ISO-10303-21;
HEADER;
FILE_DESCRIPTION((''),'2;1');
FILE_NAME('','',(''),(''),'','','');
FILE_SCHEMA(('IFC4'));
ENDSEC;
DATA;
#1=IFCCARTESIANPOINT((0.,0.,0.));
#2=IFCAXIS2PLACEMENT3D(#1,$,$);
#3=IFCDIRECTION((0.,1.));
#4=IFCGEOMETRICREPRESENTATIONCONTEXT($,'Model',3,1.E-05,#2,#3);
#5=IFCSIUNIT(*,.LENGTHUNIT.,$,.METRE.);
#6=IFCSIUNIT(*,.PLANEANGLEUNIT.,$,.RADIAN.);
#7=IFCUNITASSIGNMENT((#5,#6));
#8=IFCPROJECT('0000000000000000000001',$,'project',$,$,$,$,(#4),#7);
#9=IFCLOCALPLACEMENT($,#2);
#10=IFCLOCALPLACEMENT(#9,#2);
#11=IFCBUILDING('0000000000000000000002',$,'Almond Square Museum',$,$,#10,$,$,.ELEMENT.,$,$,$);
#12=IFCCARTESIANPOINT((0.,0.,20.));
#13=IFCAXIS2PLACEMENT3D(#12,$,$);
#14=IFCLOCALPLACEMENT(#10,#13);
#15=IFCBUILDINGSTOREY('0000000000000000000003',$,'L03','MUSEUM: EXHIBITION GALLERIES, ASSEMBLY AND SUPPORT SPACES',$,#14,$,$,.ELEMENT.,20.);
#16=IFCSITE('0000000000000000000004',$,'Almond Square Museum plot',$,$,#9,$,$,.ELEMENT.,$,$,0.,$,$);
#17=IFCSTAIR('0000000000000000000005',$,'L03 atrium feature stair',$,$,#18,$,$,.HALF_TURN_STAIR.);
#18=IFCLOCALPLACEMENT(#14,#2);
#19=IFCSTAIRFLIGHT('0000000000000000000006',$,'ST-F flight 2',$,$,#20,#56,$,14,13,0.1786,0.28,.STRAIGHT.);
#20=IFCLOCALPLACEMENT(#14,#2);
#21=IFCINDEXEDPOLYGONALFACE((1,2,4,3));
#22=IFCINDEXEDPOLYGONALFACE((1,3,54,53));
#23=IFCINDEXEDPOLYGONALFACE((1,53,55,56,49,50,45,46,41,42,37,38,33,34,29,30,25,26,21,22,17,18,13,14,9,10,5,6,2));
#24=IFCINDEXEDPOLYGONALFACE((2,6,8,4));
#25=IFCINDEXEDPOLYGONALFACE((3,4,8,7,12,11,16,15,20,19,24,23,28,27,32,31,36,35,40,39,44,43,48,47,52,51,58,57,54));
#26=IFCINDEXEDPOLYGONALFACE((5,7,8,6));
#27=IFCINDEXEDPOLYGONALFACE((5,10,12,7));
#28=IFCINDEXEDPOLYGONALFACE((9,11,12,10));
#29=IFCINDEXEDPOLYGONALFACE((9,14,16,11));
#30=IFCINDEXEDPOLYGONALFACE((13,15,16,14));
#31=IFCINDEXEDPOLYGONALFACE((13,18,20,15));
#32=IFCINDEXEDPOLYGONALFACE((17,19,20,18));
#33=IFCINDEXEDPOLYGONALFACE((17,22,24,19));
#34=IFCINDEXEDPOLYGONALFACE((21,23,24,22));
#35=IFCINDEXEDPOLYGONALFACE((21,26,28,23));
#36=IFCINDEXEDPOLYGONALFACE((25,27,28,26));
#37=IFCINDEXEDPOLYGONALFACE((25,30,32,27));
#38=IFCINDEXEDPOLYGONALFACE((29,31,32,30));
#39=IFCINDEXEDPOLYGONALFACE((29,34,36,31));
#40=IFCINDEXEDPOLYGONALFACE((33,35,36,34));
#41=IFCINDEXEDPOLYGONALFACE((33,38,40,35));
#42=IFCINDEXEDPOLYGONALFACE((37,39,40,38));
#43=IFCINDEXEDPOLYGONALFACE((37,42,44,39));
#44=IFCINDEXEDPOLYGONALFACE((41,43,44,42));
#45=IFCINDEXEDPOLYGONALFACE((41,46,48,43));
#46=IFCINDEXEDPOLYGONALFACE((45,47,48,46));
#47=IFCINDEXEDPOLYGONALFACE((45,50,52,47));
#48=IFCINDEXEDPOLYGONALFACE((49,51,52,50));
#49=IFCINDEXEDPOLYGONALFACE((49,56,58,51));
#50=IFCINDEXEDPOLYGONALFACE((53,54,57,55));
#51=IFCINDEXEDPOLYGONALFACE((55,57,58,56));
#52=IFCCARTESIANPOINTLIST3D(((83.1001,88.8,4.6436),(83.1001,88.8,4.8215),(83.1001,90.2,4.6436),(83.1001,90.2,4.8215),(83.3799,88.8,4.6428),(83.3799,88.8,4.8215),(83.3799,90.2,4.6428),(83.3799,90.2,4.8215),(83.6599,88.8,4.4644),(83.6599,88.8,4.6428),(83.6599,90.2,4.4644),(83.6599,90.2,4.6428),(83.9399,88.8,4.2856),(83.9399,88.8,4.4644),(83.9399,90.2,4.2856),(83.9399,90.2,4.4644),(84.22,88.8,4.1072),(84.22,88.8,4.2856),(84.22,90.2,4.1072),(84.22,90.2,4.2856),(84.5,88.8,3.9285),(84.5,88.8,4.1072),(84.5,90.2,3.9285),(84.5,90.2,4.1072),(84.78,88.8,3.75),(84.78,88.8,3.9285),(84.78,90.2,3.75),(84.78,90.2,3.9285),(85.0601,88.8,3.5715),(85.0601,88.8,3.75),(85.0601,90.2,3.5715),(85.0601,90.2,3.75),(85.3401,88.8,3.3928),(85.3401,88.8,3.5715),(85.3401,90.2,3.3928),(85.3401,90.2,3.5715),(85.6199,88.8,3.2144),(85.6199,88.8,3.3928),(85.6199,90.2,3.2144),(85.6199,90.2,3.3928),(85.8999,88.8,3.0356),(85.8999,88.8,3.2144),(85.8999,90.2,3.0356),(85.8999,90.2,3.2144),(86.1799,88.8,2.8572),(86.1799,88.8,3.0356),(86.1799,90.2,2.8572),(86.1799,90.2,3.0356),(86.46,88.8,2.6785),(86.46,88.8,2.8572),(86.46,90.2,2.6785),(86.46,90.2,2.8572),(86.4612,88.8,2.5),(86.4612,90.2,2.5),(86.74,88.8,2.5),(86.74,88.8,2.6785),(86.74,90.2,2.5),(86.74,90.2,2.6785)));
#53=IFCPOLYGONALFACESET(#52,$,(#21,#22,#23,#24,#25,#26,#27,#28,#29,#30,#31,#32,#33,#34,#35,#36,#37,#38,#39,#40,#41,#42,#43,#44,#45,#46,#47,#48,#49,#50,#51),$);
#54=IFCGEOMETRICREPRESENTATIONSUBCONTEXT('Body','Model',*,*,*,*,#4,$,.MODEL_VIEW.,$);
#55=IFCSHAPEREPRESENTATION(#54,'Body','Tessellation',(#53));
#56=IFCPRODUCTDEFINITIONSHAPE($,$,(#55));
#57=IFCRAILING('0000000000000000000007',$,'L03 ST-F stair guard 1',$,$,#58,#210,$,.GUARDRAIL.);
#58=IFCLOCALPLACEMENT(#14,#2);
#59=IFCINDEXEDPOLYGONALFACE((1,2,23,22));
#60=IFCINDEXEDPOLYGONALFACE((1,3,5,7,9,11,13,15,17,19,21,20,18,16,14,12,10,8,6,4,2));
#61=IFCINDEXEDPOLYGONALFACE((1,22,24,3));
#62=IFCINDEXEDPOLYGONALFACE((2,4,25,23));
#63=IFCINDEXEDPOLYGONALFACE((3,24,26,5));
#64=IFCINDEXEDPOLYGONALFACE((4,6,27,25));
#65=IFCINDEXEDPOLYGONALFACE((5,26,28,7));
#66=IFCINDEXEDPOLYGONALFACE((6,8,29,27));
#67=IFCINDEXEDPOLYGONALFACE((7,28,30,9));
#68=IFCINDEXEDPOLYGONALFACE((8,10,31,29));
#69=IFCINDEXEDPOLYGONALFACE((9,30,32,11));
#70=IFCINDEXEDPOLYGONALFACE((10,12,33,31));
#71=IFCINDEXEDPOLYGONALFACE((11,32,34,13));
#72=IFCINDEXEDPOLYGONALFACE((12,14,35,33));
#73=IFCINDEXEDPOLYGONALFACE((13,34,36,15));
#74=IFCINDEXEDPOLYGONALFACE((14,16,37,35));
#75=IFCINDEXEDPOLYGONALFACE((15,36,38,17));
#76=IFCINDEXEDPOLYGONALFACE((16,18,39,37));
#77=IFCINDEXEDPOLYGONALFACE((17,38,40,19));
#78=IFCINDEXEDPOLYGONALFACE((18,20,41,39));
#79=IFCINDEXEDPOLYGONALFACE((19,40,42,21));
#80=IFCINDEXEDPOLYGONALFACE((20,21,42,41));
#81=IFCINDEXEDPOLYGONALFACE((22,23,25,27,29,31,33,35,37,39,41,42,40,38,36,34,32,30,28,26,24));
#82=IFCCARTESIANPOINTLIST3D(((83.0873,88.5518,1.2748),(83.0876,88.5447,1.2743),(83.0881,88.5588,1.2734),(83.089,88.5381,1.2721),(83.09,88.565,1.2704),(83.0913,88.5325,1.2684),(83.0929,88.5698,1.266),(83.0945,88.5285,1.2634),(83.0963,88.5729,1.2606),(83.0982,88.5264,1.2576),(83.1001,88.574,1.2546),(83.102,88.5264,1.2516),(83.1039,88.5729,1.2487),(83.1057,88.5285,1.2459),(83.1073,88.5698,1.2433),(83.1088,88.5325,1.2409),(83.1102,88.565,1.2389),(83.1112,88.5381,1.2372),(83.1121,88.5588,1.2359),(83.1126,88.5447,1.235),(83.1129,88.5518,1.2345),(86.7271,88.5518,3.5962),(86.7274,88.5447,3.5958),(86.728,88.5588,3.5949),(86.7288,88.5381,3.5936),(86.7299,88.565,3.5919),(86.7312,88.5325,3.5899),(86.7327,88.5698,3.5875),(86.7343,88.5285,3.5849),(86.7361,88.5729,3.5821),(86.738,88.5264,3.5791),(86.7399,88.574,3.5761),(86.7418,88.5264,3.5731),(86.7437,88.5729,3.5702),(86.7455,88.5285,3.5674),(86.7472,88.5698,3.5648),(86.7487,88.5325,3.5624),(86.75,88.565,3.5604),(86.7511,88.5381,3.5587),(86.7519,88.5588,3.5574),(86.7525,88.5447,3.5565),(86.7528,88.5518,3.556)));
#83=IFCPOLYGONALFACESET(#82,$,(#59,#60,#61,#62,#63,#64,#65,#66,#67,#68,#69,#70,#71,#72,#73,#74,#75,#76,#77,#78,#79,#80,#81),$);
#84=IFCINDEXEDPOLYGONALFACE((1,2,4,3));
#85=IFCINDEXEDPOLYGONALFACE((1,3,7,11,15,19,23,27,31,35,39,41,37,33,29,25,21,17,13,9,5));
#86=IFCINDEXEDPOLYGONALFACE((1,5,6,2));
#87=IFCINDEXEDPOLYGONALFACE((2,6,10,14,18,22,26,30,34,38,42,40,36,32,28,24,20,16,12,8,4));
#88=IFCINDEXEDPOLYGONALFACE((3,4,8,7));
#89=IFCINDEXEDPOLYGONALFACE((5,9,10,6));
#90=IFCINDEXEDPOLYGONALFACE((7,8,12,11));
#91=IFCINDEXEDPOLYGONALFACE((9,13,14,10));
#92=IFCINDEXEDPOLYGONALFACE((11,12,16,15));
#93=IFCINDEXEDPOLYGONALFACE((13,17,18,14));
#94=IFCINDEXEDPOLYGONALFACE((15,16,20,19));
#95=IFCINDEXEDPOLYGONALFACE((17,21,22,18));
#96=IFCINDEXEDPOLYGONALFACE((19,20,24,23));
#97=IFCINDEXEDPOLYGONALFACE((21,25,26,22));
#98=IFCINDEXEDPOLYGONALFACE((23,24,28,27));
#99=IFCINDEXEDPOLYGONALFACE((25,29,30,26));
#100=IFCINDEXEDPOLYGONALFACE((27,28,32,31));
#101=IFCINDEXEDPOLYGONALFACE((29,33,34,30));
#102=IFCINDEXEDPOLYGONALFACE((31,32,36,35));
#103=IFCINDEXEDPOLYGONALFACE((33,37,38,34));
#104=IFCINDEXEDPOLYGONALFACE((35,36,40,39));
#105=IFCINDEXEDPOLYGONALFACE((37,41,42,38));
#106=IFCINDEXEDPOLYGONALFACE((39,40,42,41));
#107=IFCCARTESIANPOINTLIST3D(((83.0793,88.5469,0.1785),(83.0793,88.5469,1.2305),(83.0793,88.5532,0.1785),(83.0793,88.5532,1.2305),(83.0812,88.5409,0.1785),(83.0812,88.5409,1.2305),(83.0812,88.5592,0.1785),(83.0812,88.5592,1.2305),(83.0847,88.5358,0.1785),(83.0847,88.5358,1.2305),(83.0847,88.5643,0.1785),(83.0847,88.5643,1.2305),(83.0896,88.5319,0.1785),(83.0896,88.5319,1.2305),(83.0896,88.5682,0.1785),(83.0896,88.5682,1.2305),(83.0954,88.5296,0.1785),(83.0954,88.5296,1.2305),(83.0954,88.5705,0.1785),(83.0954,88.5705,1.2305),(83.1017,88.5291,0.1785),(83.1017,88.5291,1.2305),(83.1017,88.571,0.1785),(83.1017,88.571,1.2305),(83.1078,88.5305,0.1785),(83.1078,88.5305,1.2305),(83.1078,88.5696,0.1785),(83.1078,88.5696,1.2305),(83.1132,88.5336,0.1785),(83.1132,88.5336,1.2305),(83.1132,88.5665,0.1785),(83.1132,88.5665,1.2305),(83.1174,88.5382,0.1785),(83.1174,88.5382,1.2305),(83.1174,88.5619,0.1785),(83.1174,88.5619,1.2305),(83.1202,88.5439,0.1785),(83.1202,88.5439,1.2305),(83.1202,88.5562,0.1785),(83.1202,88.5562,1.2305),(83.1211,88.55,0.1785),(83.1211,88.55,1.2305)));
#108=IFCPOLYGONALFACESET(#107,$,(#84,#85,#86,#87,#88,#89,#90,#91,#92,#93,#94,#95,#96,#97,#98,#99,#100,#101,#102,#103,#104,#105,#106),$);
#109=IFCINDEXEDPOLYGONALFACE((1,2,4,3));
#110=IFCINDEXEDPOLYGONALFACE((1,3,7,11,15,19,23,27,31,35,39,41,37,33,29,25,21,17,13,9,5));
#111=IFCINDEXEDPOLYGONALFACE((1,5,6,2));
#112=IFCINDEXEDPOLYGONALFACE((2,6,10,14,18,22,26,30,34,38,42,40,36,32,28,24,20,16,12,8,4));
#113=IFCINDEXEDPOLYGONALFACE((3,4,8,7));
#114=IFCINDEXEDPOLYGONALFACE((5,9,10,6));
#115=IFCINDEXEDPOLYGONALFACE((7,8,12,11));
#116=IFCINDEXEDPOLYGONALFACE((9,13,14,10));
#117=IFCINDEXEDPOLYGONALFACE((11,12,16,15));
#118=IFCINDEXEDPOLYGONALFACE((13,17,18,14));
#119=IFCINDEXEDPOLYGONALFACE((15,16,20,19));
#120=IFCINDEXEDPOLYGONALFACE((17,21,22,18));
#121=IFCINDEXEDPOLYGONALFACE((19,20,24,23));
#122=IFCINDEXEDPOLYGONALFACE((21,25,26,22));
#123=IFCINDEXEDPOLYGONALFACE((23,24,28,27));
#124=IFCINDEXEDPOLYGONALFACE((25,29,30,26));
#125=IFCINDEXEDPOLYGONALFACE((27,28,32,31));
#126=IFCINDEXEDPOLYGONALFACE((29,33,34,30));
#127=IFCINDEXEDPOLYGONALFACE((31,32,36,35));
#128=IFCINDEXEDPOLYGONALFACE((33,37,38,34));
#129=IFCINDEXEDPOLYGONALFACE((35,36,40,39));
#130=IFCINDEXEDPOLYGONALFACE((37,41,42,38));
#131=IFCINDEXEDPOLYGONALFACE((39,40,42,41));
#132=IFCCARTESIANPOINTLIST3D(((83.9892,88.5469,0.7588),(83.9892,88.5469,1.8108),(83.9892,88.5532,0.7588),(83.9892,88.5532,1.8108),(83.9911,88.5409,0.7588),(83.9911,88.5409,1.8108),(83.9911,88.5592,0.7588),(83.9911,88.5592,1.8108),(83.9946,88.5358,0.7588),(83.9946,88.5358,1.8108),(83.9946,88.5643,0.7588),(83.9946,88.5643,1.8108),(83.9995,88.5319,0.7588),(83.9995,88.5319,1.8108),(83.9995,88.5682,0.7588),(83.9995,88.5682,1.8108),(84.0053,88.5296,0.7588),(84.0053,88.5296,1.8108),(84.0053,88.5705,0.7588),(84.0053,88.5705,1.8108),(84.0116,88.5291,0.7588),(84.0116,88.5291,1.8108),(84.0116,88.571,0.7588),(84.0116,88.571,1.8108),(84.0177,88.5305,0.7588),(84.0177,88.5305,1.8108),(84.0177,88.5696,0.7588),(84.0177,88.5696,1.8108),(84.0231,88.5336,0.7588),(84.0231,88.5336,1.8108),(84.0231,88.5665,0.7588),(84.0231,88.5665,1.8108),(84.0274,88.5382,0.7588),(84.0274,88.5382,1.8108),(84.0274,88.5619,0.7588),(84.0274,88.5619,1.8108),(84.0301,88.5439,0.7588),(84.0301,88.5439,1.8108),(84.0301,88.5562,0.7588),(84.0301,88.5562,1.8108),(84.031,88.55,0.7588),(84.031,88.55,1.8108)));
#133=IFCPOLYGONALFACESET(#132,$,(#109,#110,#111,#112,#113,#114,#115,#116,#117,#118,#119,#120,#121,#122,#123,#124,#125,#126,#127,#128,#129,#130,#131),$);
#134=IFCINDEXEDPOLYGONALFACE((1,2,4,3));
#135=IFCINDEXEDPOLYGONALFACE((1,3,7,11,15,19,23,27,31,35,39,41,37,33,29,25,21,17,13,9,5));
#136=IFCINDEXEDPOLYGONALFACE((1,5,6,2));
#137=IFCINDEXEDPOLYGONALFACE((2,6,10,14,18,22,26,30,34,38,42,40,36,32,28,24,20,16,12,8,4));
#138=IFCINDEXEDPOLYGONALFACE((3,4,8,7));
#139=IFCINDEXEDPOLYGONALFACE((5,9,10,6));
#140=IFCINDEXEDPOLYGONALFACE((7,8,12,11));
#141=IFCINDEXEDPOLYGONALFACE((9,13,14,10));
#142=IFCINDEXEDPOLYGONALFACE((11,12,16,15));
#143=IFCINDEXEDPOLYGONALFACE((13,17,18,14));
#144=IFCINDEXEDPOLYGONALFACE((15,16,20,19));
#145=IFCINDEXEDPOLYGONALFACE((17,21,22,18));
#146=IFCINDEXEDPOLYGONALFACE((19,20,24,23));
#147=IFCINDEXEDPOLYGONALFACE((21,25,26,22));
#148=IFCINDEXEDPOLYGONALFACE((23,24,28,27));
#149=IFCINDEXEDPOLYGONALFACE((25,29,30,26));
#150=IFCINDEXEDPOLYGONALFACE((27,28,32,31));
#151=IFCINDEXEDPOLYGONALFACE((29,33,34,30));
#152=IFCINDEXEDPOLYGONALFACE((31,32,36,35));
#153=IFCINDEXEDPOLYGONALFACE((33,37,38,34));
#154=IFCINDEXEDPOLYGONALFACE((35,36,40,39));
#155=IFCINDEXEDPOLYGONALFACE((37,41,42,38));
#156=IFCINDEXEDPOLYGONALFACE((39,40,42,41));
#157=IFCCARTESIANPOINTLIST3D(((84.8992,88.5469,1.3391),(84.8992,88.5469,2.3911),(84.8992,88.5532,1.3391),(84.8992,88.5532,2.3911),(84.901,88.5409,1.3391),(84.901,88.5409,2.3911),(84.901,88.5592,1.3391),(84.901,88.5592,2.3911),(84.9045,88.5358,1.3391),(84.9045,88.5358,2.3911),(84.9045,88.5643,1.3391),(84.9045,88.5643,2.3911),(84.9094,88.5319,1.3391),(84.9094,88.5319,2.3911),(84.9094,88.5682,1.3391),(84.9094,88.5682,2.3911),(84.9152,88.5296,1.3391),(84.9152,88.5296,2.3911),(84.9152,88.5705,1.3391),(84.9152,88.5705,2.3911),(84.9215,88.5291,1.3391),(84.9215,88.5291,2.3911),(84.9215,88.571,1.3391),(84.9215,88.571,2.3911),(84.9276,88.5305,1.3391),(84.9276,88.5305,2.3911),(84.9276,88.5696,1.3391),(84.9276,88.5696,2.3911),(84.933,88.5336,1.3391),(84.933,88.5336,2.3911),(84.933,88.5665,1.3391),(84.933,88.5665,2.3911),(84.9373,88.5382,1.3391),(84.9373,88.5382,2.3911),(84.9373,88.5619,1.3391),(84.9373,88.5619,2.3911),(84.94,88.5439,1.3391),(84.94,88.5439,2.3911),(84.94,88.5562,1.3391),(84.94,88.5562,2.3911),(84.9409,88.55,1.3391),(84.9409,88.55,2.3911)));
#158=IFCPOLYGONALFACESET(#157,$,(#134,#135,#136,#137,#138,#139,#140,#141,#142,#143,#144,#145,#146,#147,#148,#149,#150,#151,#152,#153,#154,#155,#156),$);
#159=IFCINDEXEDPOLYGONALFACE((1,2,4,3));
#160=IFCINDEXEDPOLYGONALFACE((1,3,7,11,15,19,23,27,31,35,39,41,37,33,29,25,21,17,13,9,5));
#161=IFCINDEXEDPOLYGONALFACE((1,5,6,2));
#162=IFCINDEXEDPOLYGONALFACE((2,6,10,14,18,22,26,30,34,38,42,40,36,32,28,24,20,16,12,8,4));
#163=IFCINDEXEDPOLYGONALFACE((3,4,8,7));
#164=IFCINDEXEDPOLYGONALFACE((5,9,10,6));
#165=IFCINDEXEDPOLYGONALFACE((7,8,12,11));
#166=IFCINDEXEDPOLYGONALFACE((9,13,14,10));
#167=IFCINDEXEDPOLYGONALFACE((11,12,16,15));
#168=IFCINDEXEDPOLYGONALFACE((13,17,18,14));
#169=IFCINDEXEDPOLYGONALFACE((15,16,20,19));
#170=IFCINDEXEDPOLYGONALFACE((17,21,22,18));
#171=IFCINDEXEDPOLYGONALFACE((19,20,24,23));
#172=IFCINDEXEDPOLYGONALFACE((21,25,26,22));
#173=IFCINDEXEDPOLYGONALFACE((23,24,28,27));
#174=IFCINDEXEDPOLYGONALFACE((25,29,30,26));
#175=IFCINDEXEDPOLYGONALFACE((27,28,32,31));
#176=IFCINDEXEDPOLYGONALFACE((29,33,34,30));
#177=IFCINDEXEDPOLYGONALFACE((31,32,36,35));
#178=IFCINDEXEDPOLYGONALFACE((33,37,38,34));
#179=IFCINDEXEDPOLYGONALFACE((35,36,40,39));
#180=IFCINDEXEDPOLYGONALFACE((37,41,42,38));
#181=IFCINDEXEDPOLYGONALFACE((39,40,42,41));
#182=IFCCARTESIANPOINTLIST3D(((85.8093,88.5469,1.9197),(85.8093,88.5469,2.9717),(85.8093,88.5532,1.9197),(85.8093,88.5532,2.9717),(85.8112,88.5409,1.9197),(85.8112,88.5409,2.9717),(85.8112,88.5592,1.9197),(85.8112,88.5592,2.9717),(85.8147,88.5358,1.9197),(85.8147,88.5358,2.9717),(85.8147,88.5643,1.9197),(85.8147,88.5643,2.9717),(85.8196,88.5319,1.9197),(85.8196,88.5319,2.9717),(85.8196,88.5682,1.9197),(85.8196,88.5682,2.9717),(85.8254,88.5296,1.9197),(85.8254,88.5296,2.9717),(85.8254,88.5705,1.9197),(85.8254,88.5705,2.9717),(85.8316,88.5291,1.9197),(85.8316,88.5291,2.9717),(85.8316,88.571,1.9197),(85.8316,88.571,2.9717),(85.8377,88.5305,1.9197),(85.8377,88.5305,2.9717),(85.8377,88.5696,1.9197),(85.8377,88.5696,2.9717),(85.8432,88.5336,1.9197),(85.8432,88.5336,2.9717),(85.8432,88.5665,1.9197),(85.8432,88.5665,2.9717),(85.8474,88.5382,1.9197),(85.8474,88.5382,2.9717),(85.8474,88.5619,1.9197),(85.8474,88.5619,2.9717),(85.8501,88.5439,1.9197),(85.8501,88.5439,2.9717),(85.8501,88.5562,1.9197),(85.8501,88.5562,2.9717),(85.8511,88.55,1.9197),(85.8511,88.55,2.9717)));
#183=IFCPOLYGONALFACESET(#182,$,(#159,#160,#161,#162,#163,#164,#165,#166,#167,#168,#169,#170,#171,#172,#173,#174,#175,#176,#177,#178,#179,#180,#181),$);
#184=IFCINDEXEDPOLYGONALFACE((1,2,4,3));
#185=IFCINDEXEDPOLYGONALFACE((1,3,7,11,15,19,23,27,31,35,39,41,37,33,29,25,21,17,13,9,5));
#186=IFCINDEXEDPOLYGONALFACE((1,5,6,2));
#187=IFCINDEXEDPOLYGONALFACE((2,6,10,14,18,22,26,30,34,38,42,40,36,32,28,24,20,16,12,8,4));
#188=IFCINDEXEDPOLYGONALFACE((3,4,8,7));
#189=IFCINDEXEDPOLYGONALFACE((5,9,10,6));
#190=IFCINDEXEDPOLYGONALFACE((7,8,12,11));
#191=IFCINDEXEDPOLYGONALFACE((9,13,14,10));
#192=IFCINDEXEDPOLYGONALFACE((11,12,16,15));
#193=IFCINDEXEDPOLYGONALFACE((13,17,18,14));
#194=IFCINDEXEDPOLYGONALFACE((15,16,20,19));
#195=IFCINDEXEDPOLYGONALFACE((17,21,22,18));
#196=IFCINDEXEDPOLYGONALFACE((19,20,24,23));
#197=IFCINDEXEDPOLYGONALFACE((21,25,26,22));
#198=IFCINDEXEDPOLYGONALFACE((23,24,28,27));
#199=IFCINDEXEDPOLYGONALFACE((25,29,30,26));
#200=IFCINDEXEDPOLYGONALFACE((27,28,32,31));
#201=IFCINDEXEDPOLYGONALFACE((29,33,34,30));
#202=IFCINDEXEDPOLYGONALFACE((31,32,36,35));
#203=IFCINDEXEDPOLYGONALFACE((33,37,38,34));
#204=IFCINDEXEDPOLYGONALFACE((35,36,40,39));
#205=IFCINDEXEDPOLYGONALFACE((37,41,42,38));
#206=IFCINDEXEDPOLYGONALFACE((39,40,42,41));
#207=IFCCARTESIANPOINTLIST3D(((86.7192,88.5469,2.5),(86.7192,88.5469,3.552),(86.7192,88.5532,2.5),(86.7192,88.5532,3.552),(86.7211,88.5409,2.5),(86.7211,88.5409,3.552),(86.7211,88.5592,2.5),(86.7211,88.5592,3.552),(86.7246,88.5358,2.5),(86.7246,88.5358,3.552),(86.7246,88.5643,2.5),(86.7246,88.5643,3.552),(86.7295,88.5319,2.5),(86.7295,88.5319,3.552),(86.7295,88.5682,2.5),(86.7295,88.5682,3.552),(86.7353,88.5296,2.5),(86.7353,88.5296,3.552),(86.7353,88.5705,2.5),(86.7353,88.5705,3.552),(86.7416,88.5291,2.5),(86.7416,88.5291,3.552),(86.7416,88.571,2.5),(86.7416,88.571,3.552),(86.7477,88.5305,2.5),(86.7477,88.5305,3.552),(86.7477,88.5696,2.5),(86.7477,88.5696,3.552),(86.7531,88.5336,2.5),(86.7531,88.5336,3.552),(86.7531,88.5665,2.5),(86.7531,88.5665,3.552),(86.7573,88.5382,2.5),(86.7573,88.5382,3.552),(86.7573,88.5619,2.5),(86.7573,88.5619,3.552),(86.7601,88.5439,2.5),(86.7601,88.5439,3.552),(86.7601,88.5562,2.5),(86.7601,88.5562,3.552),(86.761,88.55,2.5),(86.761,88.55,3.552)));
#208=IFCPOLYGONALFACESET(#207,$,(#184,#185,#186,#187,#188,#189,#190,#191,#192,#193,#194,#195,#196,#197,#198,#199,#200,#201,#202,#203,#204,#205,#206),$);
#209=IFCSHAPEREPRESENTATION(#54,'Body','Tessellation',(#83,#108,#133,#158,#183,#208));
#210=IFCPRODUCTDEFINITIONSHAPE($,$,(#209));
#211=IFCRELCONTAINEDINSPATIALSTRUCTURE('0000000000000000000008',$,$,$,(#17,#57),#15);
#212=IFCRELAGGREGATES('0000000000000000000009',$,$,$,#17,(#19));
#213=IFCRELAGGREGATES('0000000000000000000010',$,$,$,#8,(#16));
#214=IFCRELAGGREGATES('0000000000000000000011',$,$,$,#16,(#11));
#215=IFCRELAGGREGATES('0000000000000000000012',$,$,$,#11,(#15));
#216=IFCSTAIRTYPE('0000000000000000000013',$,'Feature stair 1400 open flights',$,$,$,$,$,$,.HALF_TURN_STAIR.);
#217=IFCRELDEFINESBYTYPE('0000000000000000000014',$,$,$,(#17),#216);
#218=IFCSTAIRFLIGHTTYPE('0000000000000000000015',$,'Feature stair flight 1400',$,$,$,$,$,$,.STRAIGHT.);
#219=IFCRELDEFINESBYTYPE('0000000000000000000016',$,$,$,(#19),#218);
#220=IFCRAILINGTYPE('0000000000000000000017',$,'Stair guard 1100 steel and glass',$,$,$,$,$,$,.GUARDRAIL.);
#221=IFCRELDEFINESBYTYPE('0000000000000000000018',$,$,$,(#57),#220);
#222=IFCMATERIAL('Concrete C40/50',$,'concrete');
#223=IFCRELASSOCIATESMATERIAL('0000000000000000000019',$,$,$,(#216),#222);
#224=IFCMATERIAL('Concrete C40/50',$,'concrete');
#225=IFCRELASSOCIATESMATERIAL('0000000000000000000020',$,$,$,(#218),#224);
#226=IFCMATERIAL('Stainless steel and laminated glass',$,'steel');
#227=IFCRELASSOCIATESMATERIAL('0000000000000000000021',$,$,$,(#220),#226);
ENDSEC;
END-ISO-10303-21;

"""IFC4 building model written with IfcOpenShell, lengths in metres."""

from ifc_helpers import new_model, si_unit, direction, frame, origin, origin_2d, place, context, subcontext, project, spatial, polyline, circle, outline, extrude, material, type_object, element, aggregate, save


model = new_model("IFC4")

# Units and contexts
model_context = context("Model", 3, precision=1e-05, world=origin(), true_north=direction((0.0, 1.0)))
body_context = subcontext(model_context, "Body", "Model", "MODEL_VIEW")
ifc_project = project(units=[si_unit("LENGTHUNIT", "METRE"), si_unit("PLANEANGLEUNIT", "RADIAN")], contexts=[model_context])

# Site, building, storey
site_placement = place(None, origin())
site = spatial("IfcSite", under=ifc_project, at=site_placement, Name="Almond Square Museum plot", CompositionType="ELEMENT", RefElevation=0.0)
building_placement = place(site_placement, origin())
building = spatial("IfcBuilding", under=site, at=building_placement, Name="Almond Square Museum", CompositionType="ELEMENT")
storey_placement = place(building_placement, frame((0.0, 0.0, 20.0)))
storey = spatial("IfcBuildingStorey", under=building, at=storey_placement, Name="L03", Description="MUSEUM: EXHIBITION GALLERIES, ASSEMBLY AND SUPPORT SPACES", CompositionType="ELEMENT", Elevation=20.0)

# Stair, stair flight
ifc_material_1 = material(Name="Concrete C40/50", Category="concrete")
stair_type = type_object("IfcStairType", Name="Feature stair 1400 open flights", PredefinedType="HALF_TURN_STAIR", material=ifc_material_1)
stair_placement = place(storey_placement, origin())
stair = element("IfcStair", 1, at=stair_placement, inside=storey, type_object=stair_type, Name="L03 atrium feature stair", PredefinedType="HALF_TURN_STAIR")
ifc_material_2 = material(Name="Concrete C40/50", Category="concrete")
stair_flight_type = type_object("IfcStairFlightType", Name="Feature stair flight 1400", PredefinedType="STRAIGHT", material=ifc_material_2)
stair_flight_1_placement = place(storey_placement, frame((86.74, 89.5, 2.5), z_axis=(0.0, 0.0, 1.0), x_axis=(-1.0, 0.0, 0.0)))
stair_flight_1 = element("IfcStairFlight", 2, at=stair_flight_1_placement, type_object=stair_flight_type, Name="ST-F flight 2", NumberOfRisers=14, NumberOfTreads=13, PredefinedType="STRAIGHT", RiserHeight=0.1786, TreadLength=0.28, context=body_context, shape_type="SweptSolid", body=[
    extrude(outline(polyline([(0.0, 0.0), (0.0, 0.1785), (0.28, 0.1785), (0.28, 0.3572), (0.5601, 0.3572), (0.5601, 0.5356), (0.8401, 0.5356), (0.8401, 0.7144), (1.1201, 0.7144), (1.1201, 0.8928), (1.3999, 0.8928), (1.3999, 1.0715), (1.6799, 1.0715), (1.6799, 1.25), (1.96, 1.25), (1.96, 1.4285), (2.24, 1.4285), (2.24, 1.6072), (2.52, 1.6072), (2.52, 1.7856), (2.8, 1.7856), (2.8, 1.9644), (3.0801, 1.9644), (3.0801, 2.1428), (3.3601, 2.1428), (3.3601, 2.3215), (3.6399, 2.3215), (3.6399, 2.5), (3.6399, 2.1436), (0.2788, 0.0), (0.0, 0.0)])), frame((0.0, 0.7, 0.0), z_axis=(0.0, -1.0, 0.0), x_axis=(1.0, 0.0, 0.0)), (0.0, 0.0, 1.0), 1.3999),
])
aggregate(stair, [stair_flight_1])

# Railing
ifc_material_3 = material(Name="Stainless steel and laminated glass", Category="steel")
railing_type_1 = type_object("IfcRailingType", Name="Stair guard 1100 steel and glass", PredefinedType="GUARDRAIL", material=ifc_material_3)
railing_1_placement = place(storey_placement, frame((83.1001, 88.55, 0.1785)))
element("IfcRailing", 3, at=railing_1_placement, inside=storey, type_object=railing_type_1, Name="L03 ST-F stair guard 1", PredefinedType="GUARDRAIL", context=body_context, shape_type="SweptSolid", body=[
    extrude(circle(Radius=0.0239, at=origin_2d()), frame((0.0, 0.0, 1.0762), z_axis=(0.843112, 0.0, 0.537739), x_axis=(0.0, 1.0, 0.0)), (0.0, 0.0, 1.0), 4.3171),
    extrude(circle(Radius=0.021, at=origin_2d()), origin(), (0.0, 0.0, 1.0), 1.052),
    extrude(circle(Radius=0.021, at=origin_2d()), frame((0.9099, 0.0, 0.5803)), (0.0, 0.0, 1.0), 1.052),
    extrude(circle(Radius=0.021, at=origin_2d()), frame((1.8198, 0.0, 1.1606)), (0.0, 0.0, 1.0), 1.052),
    extrude(circle(Radius=0.021, at=origin_2d()), frame((2.73, 0.0, 1.7412)), (0.0, 0.0, 1.0), 1.052),
    extrude(circle(Radius=0.021, at=origin_2d()), frame((3.6399, 0.0, 2.3215)), (0.0, 0.0, 1.0), 1.052),
])

save(model, "model.ifc")
